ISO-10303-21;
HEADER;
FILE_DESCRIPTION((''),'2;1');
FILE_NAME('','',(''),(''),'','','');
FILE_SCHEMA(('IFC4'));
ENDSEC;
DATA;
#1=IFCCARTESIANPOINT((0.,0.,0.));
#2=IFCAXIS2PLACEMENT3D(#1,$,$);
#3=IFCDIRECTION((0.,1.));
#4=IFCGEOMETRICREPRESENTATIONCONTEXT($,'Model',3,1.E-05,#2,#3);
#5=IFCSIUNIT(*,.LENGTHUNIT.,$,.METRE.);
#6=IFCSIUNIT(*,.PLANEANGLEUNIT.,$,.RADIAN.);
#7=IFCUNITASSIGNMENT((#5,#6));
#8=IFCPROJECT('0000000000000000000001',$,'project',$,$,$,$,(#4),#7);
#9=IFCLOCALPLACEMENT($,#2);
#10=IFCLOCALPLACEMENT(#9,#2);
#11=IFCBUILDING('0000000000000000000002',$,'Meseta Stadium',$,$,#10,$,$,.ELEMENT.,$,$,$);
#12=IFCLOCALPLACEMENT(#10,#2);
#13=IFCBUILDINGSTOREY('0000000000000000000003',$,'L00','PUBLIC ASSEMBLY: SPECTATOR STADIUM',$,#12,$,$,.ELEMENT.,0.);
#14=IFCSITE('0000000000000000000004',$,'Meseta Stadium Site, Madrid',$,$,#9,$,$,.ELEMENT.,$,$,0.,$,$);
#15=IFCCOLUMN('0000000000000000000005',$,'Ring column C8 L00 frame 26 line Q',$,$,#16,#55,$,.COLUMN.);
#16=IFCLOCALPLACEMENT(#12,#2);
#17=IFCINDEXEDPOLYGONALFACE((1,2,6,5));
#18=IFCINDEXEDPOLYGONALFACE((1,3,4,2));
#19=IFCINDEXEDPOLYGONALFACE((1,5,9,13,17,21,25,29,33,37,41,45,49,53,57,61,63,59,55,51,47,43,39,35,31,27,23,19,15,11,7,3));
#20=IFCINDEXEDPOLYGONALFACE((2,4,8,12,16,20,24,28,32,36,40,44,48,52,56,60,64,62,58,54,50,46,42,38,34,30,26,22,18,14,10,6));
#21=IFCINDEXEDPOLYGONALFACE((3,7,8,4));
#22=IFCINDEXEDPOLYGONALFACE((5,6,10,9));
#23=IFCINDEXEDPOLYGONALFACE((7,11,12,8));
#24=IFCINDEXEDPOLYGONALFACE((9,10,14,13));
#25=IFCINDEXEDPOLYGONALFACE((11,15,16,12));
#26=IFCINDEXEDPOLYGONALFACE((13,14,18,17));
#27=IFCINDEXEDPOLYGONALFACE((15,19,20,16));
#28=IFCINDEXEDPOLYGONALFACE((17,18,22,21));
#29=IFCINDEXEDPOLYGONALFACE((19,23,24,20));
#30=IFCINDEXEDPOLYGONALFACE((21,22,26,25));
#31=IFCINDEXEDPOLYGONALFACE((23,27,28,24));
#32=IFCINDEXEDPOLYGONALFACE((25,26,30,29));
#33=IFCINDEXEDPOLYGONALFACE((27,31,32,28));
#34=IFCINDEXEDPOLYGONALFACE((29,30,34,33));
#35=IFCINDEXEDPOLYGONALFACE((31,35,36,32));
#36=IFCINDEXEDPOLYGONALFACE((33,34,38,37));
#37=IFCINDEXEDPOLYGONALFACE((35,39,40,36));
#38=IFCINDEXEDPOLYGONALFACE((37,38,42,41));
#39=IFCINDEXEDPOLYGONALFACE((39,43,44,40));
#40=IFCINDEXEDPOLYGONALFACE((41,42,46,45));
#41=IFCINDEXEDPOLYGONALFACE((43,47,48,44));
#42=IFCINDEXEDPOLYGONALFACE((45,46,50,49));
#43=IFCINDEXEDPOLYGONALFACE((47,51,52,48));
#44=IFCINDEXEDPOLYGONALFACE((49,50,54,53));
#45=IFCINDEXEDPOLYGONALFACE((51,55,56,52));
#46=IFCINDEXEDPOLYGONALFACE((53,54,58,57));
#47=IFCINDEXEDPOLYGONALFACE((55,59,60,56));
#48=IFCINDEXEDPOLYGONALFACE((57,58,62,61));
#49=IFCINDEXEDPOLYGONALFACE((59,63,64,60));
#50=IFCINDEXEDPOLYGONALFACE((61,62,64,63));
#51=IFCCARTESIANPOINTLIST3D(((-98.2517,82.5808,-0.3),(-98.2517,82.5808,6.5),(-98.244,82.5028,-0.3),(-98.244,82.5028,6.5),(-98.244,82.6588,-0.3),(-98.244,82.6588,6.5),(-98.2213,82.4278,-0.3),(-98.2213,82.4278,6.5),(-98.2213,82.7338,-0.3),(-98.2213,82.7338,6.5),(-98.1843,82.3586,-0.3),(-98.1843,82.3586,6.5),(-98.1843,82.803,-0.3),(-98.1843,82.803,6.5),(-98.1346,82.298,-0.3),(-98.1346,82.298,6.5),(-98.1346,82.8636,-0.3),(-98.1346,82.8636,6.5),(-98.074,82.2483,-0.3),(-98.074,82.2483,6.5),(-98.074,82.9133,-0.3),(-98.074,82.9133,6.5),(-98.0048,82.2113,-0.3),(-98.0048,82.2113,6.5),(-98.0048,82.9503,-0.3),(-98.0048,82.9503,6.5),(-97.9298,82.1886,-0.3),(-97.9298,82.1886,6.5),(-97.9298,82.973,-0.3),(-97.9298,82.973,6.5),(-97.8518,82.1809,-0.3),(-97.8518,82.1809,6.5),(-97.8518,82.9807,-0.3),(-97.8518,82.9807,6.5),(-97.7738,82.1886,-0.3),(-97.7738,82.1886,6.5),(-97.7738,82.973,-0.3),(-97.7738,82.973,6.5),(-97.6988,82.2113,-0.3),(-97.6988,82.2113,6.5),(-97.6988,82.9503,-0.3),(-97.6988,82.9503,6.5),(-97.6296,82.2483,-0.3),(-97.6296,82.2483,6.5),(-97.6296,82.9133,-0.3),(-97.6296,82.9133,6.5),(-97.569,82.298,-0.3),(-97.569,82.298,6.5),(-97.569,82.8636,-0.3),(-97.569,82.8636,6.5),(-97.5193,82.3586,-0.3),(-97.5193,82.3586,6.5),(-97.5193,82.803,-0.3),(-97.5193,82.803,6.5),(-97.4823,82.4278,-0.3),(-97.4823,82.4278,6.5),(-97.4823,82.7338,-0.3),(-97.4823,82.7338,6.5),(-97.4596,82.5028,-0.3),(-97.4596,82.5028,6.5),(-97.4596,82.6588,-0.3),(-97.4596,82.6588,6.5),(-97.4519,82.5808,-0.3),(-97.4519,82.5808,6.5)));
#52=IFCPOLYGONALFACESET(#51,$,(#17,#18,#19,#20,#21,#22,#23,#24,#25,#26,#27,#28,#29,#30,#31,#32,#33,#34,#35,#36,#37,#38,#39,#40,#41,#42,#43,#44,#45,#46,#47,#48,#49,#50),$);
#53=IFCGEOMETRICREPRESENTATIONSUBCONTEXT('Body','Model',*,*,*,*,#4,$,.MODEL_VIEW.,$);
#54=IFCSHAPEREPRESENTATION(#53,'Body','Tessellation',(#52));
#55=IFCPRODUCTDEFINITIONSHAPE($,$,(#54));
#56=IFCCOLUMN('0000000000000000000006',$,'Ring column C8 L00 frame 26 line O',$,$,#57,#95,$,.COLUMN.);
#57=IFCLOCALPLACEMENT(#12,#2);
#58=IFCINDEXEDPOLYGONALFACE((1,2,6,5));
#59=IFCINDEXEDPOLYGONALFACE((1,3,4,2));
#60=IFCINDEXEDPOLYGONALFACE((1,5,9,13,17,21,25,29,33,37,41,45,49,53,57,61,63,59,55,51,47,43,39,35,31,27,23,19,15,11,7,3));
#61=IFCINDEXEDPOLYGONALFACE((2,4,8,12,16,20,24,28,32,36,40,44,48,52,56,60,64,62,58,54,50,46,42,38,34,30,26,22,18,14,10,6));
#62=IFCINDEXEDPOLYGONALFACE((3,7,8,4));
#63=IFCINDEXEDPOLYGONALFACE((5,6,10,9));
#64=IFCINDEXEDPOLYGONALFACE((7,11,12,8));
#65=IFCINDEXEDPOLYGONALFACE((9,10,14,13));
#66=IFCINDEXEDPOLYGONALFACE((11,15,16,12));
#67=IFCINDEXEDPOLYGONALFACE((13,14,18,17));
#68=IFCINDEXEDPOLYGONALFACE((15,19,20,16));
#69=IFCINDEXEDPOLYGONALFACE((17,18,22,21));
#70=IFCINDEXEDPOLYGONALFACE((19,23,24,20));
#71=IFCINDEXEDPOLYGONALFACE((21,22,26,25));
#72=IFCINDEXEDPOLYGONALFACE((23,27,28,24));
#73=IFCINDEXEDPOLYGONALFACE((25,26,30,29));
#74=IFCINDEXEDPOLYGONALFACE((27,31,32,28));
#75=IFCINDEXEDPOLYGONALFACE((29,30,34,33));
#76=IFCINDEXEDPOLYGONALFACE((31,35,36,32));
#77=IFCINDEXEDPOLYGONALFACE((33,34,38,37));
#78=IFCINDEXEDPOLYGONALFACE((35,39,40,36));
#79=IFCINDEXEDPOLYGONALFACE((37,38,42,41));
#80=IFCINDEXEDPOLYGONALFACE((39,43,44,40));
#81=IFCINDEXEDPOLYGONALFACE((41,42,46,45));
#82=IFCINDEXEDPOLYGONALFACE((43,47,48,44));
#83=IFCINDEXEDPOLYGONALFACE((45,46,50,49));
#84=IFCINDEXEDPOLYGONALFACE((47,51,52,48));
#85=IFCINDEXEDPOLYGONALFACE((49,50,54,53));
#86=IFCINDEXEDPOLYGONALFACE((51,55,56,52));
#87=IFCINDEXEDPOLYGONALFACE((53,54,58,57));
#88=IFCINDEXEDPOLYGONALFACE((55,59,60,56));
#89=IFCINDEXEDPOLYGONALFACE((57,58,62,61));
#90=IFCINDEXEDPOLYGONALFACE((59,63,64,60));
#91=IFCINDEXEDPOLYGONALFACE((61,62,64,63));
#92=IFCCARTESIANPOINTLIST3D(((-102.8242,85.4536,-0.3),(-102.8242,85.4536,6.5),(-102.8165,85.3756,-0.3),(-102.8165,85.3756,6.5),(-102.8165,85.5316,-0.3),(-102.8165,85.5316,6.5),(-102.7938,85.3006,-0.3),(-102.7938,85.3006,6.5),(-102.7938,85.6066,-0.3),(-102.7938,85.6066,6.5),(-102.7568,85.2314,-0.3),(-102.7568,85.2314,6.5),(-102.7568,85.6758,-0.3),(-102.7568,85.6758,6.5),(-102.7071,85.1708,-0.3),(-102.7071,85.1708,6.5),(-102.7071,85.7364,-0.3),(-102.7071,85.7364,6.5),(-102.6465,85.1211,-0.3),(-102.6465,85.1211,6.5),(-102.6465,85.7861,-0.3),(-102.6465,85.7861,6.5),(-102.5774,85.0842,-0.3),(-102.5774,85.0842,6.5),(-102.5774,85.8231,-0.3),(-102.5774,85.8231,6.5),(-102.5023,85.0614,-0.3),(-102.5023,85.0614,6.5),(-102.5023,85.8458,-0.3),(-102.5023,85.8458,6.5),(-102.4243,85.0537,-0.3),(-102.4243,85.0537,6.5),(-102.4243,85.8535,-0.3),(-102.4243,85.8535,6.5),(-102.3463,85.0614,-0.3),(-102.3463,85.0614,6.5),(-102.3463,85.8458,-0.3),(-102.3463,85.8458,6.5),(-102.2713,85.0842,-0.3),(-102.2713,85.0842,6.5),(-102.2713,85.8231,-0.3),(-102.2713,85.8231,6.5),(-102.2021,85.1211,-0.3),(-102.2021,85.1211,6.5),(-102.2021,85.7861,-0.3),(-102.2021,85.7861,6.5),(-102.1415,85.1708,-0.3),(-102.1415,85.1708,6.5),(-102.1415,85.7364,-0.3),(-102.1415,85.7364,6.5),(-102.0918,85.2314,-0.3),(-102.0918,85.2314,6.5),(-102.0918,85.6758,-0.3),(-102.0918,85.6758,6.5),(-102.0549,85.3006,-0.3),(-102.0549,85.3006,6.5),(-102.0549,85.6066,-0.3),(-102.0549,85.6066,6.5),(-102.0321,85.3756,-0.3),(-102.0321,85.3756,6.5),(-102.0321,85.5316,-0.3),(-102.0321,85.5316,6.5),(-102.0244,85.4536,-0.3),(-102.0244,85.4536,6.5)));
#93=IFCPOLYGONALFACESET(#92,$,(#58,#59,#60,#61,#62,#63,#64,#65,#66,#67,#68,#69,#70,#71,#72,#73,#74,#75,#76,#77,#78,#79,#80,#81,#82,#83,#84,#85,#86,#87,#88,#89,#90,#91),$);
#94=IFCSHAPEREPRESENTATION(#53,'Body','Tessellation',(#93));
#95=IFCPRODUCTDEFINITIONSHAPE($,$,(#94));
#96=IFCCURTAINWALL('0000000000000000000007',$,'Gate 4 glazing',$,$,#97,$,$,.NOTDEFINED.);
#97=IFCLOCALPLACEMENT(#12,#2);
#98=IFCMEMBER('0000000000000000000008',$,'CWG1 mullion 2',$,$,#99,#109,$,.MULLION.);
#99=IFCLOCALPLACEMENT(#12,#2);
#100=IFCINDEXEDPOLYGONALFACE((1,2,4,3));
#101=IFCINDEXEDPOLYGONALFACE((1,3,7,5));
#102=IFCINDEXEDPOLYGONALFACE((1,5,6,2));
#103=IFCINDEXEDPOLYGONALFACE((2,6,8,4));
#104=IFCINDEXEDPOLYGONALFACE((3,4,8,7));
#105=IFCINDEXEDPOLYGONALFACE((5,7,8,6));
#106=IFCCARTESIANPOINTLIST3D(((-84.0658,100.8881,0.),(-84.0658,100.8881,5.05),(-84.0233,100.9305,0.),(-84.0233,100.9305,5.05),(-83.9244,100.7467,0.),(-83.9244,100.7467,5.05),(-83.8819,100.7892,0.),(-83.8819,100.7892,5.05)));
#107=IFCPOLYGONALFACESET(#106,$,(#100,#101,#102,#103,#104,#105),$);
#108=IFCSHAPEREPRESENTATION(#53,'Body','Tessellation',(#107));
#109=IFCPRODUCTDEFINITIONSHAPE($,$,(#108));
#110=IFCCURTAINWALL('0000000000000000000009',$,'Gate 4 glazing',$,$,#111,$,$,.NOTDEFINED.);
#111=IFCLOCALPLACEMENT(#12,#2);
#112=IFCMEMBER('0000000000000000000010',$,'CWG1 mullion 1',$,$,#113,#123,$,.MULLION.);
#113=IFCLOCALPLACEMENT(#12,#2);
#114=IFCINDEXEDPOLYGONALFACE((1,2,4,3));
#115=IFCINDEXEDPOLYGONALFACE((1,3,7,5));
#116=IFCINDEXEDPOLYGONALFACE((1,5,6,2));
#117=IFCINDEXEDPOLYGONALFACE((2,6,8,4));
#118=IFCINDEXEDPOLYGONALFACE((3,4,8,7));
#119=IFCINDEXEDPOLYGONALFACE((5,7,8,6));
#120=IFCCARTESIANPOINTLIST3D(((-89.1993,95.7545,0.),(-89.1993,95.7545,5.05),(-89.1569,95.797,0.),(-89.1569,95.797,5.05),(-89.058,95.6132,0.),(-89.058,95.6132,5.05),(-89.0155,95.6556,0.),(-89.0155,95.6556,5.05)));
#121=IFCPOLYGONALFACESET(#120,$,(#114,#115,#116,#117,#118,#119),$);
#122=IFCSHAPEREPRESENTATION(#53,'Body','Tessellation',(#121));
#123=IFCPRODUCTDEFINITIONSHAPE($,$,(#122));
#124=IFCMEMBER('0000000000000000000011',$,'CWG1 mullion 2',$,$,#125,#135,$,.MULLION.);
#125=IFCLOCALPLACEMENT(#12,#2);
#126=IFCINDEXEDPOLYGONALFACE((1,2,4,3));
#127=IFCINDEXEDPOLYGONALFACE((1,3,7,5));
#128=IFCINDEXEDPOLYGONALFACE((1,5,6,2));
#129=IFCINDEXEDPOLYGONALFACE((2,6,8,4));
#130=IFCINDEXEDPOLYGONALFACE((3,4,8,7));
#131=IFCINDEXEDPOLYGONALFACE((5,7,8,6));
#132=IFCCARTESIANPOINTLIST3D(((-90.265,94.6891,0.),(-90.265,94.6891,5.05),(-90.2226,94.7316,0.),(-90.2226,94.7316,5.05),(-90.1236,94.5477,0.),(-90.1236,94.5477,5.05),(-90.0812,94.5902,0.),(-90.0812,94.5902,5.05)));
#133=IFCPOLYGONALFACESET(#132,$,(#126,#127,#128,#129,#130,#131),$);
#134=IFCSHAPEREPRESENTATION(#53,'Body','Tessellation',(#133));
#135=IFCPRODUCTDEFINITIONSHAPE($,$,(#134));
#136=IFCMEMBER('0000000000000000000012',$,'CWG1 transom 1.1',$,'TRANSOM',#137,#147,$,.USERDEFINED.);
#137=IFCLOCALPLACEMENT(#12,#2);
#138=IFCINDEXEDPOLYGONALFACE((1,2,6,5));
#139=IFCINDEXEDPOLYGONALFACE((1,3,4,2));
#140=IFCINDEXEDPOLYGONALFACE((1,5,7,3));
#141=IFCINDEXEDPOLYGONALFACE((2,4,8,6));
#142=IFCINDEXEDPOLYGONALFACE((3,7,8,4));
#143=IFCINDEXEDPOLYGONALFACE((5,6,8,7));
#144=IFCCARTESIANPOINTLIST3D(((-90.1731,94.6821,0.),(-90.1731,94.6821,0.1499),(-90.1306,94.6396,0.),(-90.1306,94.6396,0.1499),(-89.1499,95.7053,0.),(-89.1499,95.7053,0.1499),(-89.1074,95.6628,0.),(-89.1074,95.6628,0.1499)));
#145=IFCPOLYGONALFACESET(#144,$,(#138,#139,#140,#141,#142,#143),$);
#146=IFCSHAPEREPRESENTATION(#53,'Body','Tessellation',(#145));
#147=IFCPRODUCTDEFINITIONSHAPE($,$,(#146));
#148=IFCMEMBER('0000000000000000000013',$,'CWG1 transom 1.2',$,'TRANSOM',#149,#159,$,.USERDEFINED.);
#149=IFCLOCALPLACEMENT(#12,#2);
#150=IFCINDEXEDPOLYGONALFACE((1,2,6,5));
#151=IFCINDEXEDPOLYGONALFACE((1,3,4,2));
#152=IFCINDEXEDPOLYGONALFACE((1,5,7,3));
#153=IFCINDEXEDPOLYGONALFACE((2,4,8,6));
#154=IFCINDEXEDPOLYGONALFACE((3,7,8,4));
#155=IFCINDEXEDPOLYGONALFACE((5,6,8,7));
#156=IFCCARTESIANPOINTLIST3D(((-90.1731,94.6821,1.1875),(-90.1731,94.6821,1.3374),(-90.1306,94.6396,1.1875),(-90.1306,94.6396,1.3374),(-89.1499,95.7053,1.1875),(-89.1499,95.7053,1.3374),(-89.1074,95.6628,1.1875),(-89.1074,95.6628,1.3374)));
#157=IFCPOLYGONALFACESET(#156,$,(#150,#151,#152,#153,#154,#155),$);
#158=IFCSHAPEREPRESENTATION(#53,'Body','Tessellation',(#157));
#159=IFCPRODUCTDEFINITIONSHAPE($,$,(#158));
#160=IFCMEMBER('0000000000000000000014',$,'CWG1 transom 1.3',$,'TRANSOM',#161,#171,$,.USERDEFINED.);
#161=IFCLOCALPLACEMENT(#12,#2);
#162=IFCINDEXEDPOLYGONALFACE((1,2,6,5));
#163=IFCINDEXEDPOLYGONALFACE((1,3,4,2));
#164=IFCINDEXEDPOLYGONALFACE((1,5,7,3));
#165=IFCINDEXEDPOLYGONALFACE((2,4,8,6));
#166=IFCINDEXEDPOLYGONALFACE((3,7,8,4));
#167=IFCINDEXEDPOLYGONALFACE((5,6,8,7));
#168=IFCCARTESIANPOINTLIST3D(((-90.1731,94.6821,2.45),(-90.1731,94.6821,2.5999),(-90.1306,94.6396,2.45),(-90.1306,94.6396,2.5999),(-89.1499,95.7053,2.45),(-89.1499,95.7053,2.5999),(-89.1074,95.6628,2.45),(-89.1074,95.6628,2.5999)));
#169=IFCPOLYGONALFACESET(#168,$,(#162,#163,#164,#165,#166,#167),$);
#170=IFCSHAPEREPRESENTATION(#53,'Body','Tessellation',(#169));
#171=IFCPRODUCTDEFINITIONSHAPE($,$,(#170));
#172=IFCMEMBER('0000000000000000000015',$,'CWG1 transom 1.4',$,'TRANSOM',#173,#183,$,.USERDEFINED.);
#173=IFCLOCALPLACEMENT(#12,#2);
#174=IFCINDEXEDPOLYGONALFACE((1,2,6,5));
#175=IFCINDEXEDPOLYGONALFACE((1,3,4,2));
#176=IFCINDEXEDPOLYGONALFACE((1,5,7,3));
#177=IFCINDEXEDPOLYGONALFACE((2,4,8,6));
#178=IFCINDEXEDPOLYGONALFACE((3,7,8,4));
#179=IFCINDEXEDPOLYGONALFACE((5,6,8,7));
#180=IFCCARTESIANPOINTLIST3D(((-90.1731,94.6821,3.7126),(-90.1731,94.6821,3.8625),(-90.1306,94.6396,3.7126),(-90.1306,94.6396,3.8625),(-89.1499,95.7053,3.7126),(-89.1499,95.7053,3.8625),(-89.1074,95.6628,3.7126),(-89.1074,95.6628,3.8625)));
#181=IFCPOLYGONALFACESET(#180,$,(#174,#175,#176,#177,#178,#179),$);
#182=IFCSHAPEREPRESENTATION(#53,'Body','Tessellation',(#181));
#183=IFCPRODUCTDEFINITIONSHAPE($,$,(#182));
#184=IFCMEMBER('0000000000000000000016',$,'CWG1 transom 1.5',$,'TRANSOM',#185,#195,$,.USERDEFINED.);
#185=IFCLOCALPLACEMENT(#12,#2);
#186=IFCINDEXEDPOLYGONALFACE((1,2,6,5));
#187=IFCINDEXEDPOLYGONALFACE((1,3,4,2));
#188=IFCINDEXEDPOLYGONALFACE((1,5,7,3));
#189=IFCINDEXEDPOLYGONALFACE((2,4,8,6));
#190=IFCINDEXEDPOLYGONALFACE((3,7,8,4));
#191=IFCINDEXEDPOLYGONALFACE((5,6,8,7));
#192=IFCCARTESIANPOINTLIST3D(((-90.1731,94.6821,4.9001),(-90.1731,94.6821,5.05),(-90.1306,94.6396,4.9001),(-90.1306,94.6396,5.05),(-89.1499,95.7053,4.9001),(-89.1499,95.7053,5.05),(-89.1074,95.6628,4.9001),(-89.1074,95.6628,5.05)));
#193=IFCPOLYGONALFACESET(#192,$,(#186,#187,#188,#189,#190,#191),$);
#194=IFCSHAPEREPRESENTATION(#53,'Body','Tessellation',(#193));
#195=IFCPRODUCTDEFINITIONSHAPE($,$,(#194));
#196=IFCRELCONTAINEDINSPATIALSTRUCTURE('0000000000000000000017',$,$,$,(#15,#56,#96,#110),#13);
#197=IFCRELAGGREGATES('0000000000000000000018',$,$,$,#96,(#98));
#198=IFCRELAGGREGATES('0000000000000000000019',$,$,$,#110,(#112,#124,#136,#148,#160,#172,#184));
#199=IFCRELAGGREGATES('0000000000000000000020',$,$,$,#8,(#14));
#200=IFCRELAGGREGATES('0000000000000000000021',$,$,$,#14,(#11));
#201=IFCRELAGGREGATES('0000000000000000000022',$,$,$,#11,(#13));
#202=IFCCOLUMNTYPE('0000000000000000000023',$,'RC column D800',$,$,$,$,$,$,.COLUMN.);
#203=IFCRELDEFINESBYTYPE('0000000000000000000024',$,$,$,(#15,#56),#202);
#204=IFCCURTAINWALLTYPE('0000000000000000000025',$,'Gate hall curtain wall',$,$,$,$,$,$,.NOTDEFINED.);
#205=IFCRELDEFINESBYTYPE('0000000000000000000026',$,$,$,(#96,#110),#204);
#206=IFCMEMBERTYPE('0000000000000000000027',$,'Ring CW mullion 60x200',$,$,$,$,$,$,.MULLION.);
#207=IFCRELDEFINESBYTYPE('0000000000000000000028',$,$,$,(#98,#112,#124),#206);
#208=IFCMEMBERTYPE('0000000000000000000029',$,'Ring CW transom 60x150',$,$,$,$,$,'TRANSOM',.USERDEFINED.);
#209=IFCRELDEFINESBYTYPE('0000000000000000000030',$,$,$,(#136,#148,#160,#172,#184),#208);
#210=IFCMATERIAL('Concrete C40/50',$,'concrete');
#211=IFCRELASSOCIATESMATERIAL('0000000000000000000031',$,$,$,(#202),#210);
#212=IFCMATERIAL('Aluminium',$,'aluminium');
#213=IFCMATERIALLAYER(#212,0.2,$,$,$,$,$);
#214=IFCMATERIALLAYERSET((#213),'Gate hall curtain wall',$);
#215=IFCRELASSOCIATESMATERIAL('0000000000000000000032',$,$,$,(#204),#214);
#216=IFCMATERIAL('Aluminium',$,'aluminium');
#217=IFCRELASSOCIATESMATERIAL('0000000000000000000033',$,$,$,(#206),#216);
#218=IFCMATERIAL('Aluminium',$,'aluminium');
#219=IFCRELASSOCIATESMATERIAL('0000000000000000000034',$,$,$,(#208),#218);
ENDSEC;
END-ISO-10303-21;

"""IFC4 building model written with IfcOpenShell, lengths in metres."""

from ifc_helpers import new_model, si_unit, direction, frame, origin, origin_2d, place, context, subcontext, project, spatial, rectangle, circle, extrude, material, layer, layer_set, material_profile, profile_set, type_object, element, aggregate, save


model = new_model("IFC4")

# Units and contexts
model_context = context("Model", 3, precision=1e-05, world=origin(), true_north=direction((0.0, 1.0)))
body_context = subcontext(model_context, "Body", "Model", "MODEL_VIEW")
ifc_project = project(units=[si_unit("LENGTHUNIT", "METRE"), si_unit("PLANEANGLEUNIT", "RADIAN")], contexts=[model_context])

# Site, building, storey
site_placement = place(None, origin())
site = spatial("IfcSite", under=ifc_project, at=site_placement, Name="Meseta Stadium Site, Madrid", CompositionType="ELEMENT", RefElevation=0.0)
building_placement = place(site_placement, origin())
building = spatial("IfcBuilding", under=site, at=building_placement, Name="Meseta Stadium", CompositionType="ELEMENT")
storey_placement = place(building_placement, origin())
storey = spatial("IfcBuildingStorey", under=building, at=storey_placement, Name="L00", Description="PUBLIC ASSEMBLY: SPECTATOR STADIUM", CompositionType="ELEMENT", Elevation=0.0)

# Columns
ifc_material_1 = material(Name="Concrete C40/50", Category="concrete")
ifc_material_profile_1 = material_profile(ifc_material_1, circle(Radius=0.3999, at=origin_2d()), Name="RC D800")
ifc_profile_set_1 = profile_set([ifc_material_profile_1], Name="Concrete C40/50")
column_type_1 = type_object("IfcColumnType", Name="RC column D800", PredefinedType="COLUMN", material=ifc_profile_set_1)
for number, where, z_axis, x_axis, name in (
    (1, (-97.8518, 82.5808, -0.3), (0.0, 0.0, 1.0), (1.0, 0.0, 0.0), "Ring column C8 L00 frame 26 line Q"),
    (2, (-102.4243, 85.4536, -0.3), (0.0, 0.0, 1.0), (1.0, 0.0, 0.0), "Ring column C8 L00 frame 26 line O"),
):
    element("IfcColumn", number, at=place(storey_placement, frame(where, z_axis=z_axis, x_axis=x_axis)), inside=storey, type_object=column_type_1, Name=name, PredefinedType="COLUMN", context=body_context, shape_type="SweptSolid", body=[
        extrude(circle(Radius=0.3999, at=origin_2d()), origin(), (0.0, 0.0, 1.0), 6.8),
    ])

# Curtain wall, member
ifc_material_2 = material(Name="Aluminium", Category="aluminium")
ifc_layer_1 = layer(ifc_material_2, 0.2)
ifc_layer_set_1 = layer_set([ifc_layer_1], Name="Gate hall curtain wall")
curtain_wall_type = type_object("IfcCurtainWallType", Name="Gate hall curtain wall", PredefinedType="NOTDEFINED", material=ifc_layer_set_1)
curtain_wall_1_placement = place(storey_placement, origin())
curtain_wall_1 = element("IfcCurtainWall", 3, at=curtain_wall_1_placement, inside=storey, type_object=curtain_wall_type, Name="Gate 4 glazing", PredefinedType="NOTDEFINED")
ifc_material_3 = material(Name="Aluminium", Category="aluminium")
ifc_material_profile_2 = material_profile(ifc_material_3, rectangle(XDim=0.2, YDim=0.0601, at=origin_2d()), Name="CW 200x60")
ifc_profile_set_2 = profile_set([ifc_material_profile_2], Name="Aluminium")
member_type_1 = type_object("IfcMemberType", Name="Ring CW mullion 60x200", PredefinedType="MULLION", material=ifc_profile_set_2)
member_1_placement = place(storey_placement, frame((-83.9739, 100.8386, 0.0), z_axis=(0.0, 0.0, 1.0), x_axis=(0.707139, -0.707075, 0.0)))
member_1 = element("IfcMember", 4, at=member_1_placement, type_object=member_type_1, Name="CWG1 mullion 2", PredefinedType="MULLION", context=body_context, shape_type="SweptSolid", body=[
    extrude(rectangle(XDim=0.2, YDim=0.0601, at=origin_2d()), origin(), (0.0, 0.0, 1.0), 5.05),
])

# Curtain wall, members
curtain_wall_2_placement = place(storey_placement, origin())
curtain_wall_2 = element("IfcCurtainWall", 5, at=curtain_wall_2_placement, inside=storey, type_object=curtain_wall_type, Name="Gate 4 glazing", PredefinedType="NOTDEFINED")
member_2_placement = place(storey_placement, frame((-89.1074, 95.7051, 0.0), z_axis=(0.0, 0.0, 1.0), x_axis=(0.707107, -0.707107, 0.0)))
member_2 = element("IfcMember", 6, at=member_2_placement, type_object=member_type_1, Name="CWG1 mullion 1", PredefinedType="MULLION", context=body_context, shape_type="SweptSolid", body=[
    extrude(rectangle(XDim=0.2, YDim=0.0601, at=origin_2d()), origin(), (0.0, 0.0, 1.0), 5.05),
])
member_3_placement = place(storey_placement, frame((-90.1731, 94.6396, 0.0), z_axis=(0.0, 0.0, 1.0), x_axis=(0.707107, -0.707107, 0.0)))
member_3 = element("IfcMember", 7, at=member_3_placement, type_object=member_type_1, Name="CWG1 mullion 2", PredefinedType="MULLION", context=body_context, shape_type="SweptSolid", body=[
    extrude(rectangle(XDim=0.2, YDim=0.0601, at=origin_2d()), origin(), (0.0, 0.0, 1.0), 5.05),
])
ifc_material_4 = material(Name="Aluminium", Category="aluminium")
ifc_material_profile_3 = material_profile(ifc_material_4, rectangle(XDim=0.0601, YDim=0.1499, at=origin_2d()), Name="CW 60x150")
ifc_profile_set_3 = profile_set([ifc_material_profile_3], Name="Aluminium")
member_type_2 = type_object("IfcMemberType", Name="Ring CW transom 60x150", ElementType="TRANSOM", PredefinedType="USERDEFINED", material=ifc_profile_set_3)
member_4_placement = place(storey_placement, frame((-89.1287, 95.6841, 0.075), z_axis=(-0.707107, -0.707107, 0.0), x_axis=(0.707107, -0.707107, 0.0)))
member_4 = element("IfcMember", 8, at=member_4_placement, type_object=member_type_2, Name="CWG1 transom 1.1", ObjectType="TRANSOM", PredefinedType="USERDEFINED", context=body_context, shape_type="SweptSolid", body=[
    extrude(rectangle(XDim=0.0601, YDim=0.1499, at=origin_2d()), origin(), (0.0, 0.0, 1.0), 1.447),
])
member_5_placement = place(storey_placement, frame((-89.1287, 95.6841, 1.2625), z_axis=(-0.707107, -0.707107, 0.0), x_axis=(0.707107, -0.707107, 0.0)))
member_5 = element("IfcMember", 9, at=member_5_placement, type_object=member_type_2, Name="CWG1 transom 1.2", ObjectType="TRANSOM", PredefinedType="USERDEFINED", context=body_context, shape_type="SweptSolid", body=[
    extrude(rectangle(XDim=0.0601, YDim=0.1499, at=origin_2d()), origin(), (0.0, 0.0, 1.0), 1.447),
])
member_6_placement = place(storey_placement, frame((-89.1287, 95.6841, 2.5249), z_axis=(-0.707107, -0.707107, 0.0), x_axis=(0.707107, -0.707107, 0.0)))
member_6 = element("IfcMember", 10, at=member_6_placement, type_object=member_type_2, Name="CWG1 transom 1.3", ObjectType="TRANSOM", PredefinedType="USERDEFINED", context=body_context, shape_type="SweptSolid", body=[
    extrude(rectangle(XDim=0.0601, YDim=0.1499, at=origin_2d()), origin(), (0.0, 0.0, 1.0), 1.447),
])
member_7_placement = place(storey_placement, frame((-89.1287, 95.6841, 3.7876), z_axis=(-0.707107, -0.707107, 0.0), x_axis=(0.707107, -0.707107, 0.0)))
member_7 = element("IfcMember", 11, at=member_7_placement, type_object=member_type_2, Name="CWG1 transom 1.4", ObjectType="TRANSOM", PredefinedType="USERDEFINED", context=body_context, shape_type="SweptSolid", body=[
    extrude(rectangle(XDim=0.0601, YDim=0.1499, at=origin_2d()), origin(), (0.0, 0.0, 1.0), 1.447),
])
member_8_placement = place(storey_placement, frame((-89.1287, 95.6841, 4.9751), z_axis=(-0.707107, -0.707107, 0.0), x_axis=(0.707107, -0.707107, 0.0)))
member_8 = element("IfcMember", 12, at=member_8_placement, type_object=member_type_2, Name="CWG1 transom 1.5", ObjectType="TRANSOM", PredefinedType="USERDEFINED", context=body_context, shape_type="SweptSolid", body=[
    extrude(rectangle(XDim=0.0601, YDim=0.1499, at=origin_2d()), origin(), (0.0, 0.0, 1.0), 1.447),
])

aggregate(curtain_wall_1, [member_1])
aggregate(curtain_wall_2, [member_2, member_3, member_4, member_5, member_6, member_7, member_8])

save(model, "model.ifc")
